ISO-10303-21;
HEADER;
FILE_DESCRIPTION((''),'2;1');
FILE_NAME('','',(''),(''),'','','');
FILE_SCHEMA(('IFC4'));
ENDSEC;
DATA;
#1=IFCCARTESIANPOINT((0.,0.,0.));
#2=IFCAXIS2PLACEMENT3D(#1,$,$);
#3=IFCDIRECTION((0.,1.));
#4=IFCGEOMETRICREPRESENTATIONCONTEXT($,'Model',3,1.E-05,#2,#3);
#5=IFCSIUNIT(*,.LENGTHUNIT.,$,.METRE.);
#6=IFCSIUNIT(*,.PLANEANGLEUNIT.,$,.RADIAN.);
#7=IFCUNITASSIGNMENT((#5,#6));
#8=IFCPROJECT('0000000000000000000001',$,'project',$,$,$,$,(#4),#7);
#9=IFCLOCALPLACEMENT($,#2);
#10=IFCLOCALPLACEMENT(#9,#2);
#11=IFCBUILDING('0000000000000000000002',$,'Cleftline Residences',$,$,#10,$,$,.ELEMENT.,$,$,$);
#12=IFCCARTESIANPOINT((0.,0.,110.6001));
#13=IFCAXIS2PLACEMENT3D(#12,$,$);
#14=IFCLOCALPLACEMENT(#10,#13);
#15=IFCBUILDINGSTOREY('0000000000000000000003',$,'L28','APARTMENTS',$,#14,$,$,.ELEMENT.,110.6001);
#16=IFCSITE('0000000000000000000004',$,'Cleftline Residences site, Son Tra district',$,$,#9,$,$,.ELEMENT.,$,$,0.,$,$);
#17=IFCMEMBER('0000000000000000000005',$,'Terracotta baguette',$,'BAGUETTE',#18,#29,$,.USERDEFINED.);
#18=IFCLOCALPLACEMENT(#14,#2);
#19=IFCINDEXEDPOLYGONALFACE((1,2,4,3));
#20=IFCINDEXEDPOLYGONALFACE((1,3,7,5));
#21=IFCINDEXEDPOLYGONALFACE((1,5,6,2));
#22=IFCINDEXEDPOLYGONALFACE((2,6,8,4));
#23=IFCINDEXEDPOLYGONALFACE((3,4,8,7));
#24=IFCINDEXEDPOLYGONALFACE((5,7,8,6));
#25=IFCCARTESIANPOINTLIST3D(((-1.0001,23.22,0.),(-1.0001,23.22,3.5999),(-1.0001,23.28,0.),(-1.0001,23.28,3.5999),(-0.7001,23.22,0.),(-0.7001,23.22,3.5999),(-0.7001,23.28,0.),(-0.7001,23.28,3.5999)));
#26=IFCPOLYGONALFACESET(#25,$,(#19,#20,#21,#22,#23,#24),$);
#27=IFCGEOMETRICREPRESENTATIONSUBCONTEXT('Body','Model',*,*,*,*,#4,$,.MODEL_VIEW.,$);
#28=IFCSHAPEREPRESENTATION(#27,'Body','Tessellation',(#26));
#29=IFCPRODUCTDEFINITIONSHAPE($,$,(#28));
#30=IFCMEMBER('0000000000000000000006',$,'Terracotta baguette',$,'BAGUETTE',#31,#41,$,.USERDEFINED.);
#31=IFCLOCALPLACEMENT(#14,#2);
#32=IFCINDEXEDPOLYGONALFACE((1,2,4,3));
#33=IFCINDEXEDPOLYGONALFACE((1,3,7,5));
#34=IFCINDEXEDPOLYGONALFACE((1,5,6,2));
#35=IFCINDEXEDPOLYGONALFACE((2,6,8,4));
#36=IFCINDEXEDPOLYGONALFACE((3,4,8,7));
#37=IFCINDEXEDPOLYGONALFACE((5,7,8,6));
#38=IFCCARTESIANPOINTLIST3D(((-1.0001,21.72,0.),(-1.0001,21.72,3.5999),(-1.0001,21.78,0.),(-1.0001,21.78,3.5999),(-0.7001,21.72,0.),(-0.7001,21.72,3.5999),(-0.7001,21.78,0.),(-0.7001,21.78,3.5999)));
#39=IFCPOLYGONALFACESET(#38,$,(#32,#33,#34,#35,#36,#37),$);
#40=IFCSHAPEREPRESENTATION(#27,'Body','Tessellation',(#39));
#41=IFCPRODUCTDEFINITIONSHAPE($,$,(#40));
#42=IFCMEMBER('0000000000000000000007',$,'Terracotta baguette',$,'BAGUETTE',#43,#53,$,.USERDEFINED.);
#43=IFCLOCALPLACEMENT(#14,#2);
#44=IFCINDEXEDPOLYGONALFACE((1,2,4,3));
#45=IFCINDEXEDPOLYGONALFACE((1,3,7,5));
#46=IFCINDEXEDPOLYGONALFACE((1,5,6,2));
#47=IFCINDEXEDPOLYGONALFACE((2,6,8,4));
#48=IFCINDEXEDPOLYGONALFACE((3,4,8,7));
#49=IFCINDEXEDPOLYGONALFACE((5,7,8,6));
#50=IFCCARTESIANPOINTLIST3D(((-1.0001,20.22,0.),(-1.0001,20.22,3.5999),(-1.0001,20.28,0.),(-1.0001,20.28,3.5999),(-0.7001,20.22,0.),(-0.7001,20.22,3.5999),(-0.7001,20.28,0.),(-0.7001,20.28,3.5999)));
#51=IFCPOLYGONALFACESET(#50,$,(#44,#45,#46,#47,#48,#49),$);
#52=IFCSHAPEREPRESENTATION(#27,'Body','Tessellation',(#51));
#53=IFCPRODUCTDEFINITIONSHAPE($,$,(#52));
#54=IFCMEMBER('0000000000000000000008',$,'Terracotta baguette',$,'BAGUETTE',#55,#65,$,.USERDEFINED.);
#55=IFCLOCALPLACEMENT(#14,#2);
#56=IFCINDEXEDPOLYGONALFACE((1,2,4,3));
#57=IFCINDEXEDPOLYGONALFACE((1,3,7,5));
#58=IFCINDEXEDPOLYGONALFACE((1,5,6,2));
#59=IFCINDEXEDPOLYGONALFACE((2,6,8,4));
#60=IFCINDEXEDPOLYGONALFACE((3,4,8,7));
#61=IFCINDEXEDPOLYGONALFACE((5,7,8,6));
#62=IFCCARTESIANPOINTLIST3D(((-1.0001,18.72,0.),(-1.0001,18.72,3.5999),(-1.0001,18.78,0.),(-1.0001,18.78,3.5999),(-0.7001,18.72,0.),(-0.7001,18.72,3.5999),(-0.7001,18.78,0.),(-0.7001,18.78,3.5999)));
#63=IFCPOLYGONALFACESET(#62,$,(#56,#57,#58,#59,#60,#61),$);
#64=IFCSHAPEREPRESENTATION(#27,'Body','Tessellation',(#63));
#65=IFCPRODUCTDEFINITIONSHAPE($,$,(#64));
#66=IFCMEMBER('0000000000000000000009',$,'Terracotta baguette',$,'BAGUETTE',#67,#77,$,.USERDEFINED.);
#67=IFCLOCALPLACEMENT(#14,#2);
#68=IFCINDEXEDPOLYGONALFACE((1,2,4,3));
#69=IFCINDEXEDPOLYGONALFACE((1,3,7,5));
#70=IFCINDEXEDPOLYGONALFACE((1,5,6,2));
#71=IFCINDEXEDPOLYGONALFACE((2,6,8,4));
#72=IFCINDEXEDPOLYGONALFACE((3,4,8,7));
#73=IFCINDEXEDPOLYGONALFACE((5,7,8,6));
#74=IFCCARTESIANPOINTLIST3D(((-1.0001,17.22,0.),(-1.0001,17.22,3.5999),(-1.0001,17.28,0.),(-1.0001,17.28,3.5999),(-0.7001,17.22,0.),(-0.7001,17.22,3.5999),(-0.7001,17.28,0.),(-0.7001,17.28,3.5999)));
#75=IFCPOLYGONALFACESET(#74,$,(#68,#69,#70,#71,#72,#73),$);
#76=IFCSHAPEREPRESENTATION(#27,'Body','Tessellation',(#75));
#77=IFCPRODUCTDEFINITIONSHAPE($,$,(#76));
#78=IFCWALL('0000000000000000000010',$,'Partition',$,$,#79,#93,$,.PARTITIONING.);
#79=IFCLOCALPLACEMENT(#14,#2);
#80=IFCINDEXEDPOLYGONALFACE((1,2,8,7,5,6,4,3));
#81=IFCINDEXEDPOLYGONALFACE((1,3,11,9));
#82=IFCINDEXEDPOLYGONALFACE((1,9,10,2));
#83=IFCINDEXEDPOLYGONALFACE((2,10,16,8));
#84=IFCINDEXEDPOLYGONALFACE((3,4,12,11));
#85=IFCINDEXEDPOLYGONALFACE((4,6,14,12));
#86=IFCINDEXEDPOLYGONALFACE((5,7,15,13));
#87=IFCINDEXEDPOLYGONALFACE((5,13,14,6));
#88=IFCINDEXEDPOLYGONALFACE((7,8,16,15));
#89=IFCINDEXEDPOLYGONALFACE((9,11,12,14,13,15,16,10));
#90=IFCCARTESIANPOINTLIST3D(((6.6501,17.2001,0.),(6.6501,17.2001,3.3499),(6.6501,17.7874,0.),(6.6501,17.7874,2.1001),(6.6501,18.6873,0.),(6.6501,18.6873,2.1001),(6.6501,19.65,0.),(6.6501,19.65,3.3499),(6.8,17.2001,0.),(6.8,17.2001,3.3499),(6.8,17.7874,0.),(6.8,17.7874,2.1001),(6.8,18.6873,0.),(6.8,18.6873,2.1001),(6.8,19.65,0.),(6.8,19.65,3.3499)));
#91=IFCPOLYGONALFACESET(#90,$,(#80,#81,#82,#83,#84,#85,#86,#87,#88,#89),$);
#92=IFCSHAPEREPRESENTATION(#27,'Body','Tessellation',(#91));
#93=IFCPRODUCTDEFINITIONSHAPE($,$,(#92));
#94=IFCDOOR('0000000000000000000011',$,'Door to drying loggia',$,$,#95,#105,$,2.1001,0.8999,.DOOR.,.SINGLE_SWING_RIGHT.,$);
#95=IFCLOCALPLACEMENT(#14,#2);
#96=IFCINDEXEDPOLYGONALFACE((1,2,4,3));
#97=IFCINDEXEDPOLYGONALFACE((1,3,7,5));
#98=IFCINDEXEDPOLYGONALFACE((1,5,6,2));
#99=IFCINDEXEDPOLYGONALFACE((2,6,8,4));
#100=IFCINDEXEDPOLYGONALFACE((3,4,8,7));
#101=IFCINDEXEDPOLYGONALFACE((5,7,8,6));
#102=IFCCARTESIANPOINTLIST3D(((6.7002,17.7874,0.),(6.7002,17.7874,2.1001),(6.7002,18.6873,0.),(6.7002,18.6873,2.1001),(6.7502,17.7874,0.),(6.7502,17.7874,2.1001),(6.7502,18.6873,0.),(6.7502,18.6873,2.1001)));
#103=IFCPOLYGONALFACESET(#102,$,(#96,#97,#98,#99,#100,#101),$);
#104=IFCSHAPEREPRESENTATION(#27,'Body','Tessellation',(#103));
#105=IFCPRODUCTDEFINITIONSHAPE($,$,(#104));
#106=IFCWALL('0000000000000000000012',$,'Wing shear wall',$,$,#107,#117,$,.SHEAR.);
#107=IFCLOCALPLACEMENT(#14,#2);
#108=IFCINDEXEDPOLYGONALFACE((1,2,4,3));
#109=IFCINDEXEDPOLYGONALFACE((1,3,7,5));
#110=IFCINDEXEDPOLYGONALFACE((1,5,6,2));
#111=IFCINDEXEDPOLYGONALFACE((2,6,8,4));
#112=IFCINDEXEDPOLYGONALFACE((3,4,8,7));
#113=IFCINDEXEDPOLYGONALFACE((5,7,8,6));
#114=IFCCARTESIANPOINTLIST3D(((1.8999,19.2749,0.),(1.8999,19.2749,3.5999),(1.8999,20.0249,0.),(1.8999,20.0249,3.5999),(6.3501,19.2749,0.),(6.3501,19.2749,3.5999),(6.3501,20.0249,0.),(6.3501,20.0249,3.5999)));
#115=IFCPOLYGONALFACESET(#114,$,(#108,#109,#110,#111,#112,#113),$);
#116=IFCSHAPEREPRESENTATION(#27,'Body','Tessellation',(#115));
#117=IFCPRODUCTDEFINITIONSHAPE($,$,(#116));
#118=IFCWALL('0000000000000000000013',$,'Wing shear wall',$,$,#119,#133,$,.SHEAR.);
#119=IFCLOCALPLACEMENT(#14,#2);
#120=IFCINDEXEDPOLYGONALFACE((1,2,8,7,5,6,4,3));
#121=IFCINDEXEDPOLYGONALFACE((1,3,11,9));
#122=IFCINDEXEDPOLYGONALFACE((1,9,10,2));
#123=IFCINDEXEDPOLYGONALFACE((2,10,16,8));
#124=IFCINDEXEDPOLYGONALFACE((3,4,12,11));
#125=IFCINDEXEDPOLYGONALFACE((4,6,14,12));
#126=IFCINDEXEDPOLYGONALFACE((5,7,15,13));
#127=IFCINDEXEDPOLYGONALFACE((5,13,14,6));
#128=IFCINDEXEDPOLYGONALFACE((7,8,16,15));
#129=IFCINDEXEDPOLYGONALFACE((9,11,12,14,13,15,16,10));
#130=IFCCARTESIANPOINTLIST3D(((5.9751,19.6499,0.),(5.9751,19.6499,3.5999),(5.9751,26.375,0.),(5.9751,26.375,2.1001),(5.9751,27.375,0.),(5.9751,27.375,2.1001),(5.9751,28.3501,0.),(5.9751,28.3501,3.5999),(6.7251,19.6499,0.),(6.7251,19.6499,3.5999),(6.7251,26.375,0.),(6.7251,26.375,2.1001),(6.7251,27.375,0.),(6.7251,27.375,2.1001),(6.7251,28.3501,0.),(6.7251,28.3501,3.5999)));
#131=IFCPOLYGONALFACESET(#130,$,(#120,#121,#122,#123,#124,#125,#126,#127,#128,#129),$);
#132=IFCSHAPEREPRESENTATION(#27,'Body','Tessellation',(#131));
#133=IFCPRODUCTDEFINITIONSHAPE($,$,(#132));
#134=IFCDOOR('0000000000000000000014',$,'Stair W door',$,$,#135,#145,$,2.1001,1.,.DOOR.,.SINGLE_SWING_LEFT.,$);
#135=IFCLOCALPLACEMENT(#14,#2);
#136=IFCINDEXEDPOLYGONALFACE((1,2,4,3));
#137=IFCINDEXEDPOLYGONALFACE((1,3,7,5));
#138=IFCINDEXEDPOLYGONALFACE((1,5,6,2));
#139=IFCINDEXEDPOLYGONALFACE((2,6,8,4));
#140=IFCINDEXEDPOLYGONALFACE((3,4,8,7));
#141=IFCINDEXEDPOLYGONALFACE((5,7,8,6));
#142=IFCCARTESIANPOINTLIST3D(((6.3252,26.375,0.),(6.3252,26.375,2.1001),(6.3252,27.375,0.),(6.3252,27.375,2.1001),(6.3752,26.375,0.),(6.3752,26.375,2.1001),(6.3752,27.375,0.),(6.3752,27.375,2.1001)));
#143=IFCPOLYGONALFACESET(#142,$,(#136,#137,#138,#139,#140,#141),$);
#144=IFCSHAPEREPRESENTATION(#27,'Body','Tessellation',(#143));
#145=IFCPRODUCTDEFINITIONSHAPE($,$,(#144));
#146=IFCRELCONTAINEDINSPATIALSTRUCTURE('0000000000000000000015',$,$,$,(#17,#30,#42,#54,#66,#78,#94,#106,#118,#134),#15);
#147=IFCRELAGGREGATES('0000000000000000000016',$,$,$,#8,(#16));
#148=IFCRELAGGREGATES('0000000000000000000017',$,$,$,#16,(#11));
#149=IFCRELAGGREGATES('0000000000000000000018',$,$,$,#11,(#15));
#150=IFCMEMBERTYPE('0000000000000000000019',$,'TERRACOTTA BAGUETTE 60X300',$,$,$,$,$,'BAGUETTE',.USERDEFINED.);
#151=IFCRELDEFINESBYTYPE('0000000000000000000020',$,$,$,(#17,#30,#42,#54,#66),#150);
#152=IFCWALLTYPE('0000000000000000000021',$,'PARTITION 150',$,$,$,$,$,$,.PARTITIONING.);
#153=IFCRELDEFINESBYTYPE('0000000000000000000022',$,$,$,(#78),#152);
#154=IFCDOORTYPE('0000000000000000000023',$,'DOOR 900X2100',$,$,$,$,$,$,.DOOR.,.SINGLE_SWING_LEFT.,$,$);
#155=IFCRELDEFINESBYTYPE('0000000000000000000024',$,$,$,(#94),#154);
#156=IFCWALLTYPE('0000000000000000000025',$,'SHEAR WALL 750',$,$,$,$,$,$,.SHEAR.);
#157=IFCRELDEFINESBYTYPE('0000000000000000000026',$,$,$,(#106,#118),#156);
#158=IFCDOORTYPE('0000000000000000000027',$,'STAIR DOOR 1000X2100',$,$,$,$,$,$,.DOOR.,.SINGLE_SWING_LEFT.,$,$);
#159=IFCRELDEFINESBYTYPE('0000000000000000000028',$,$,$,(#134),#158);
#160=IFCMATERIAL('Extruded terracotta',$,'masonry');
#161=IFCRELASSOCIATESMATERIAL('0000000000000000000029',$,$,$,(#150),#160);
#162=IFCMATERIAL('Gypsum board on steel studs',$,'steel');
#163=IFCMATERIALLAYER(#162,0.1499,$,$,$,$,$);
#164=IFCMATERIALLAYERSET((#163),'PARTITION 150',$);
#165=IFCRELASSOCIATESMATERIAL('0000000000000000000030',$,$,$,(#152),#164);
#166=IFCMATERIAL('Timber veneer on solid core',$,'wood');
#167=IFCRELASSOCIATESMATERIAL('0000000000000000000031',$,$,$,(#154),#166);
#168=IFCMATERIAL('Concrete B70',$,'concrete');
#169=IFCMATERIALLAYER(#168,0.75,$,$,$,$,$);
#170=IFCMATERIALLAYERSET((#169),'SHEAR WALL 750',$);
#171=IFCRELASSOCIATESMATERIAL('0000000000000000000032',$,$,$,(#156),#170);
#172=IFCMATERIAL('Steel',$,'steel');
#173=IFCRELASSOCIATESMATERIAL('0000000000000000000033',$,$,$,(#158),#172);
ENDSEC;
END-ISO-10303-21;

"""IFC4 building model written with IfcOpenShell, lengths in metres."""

from ifc_helpers import new_model, si_unit, direction, frame, frame_2d, origin, origin_2d, place, context, subcontext, project, spatial, rectangle, extrude, material, layer, layer_set, material_profile, profile_set, type_object, element, fill, save


model = new_model("IFC4")

# Units and contexts
model_context = context("Model", 3, precision=1e-05, world=origin(), true_north=direction((0.0, 1.0)))
body_context = subcontext(model_context, "Body", "Model", "MODEL_VIEW")
ifc_project = project(units=[si_unit("LENGTHUNIT", "METRE"), si_unit("PLANEANGLEUNIT", "RADIAN")], contexts=[model_context])

# Site, building, storey
site_placement = place(None, origin())
site = spatial("IfcSite", under=ifc_project, at=site_placement, Name="Cleftline Residences site, Son Tra district", CompositionType="ELEMENT", RefElevation=0.0)
building_placement = place(site_placement, origin())
building = spatial("IfcBuilding", under=site, at=building_placement, Name="Cleftline Residences", CompositionType="ELEMENT")
storey_placement = place(building_placement, frame((0.0, 0.0, 110.6001)))
storey = spatial("IfcBuildingStorey", under=building, at=storey_placement, Name="L28", Description="APARTMENTS", CompositionType="ELEMENT", Elevation=110.6001)

# Members
ifc_material_1 = material(Name="Extruded terracotta", Category="masonry")
ifc_material_profile_1 = material_profile(ifc_material_1, rectangle(XDim=0.0601, YDim=0.3, at=origin_2d()))
ifc_profile_set_1 = profile_set([ifc_material_profile_1], Name="Extruded terracotta")
member_type_1 = type_object("IfcMemberType", Name="TERRACOTTA BAGUETTE 60X300", ElementType="BAGUETTE", PredefinedType="USERDEFINED", material=ifc_profile_set_1)
for number, where, z_axis, x_axis, name in (
    (1, (-0.8501, 23.25, 0.0), (0.0, 0.0, 1.0), (0.0, 1.0, 0.0), "Terracotta baguette"),
    (2, (-0.8501, 21.75, 0.0), (0.0, 0.0, 1.0), (0.0, 1.0, 0.0), "Terracotta baguette"),
    (3, (-0.8501, 20.25, 0.0), (0.0, 0.0, 1.0), (0.0, 1.0, 0.0), "Terracotta baguette"),
    (4, (-0.8501, 18.75, 0.0), (0.0, 0.0, 1.0), (0.0, 1.0, 0.0), "Terracotta baguette"),
    (5, (-0.8501, 17.25, 0.0), (0.0, 0.0, 1.0), (0.0, 1.0, 0.0), "Terracotta baguette"),
):
    element("IfcMember", number, at=place(storey_placement, frame(where, z_axis=z_axis, x_axis=x_axis)), inside=storey, type_object=member_type_1, Name=name, ObjectType="BAGUETTE", PredefinedType="USERDEFINED", context=body_context, shape_type="SweptSolid", body=[
        extrude(rectangle(XDim=0.0601, YDim=0.3, at=origin_2d()), origin(), (0.0, 0.0, 1.0), 3.5999),
    ])

# Wall, opening, door
ifc_material_2 = material(Name="Gypsum board on steel studs", Category="steel")
ifc_layer_1 = layer(ifc_material_2, 0.1499)
ifc_layer_set_1 = layer_set([ifc_layer_1], Name="PARTITION 150")
wall_type_1 = type_object("IfcWallType", Name="PARTITION 150", PredefinedType="PARTITIONING", material=ifc_layer_set_1)
wall_1_placement = place(storey_placement, frame((6.7251, 17.2, 0.0), z_axis=(0.0, 0.0, 1.0), x_axis=(0.0, 1.0, 0.0)))
wall_1 = element("IfcWall", 6, at=wall_1_placement, inside=storey, type_object=wall_type_1, Name="Partition", PredefinedType="PARTITIONING", context=body_context, shape_type="SweptSolid", body=[
    extrude(rectangle(XDim=2.45, YDim=0.1499, at=frame_2d((1.2251, 0.0))), origin(), (0.0, 0.0, 1.0), 3.3499),
])
opening_1_placement = place(wall_1_placement, frame((0.5874, 0.0, 0.0)))
opening_1 = element("IfcOpeningElement", 7, at=opening_1_placement, cuts=wall_1, PredefinedType="OPENING", context=body_context, shape_type="SweptSolid", body=[
    extrude(rectangle(XDim=0.8999, YDim=2.1001, at=frame_2d((0.45, 1.05))), frame((0.0, 0.085, 0.0), z_axis=(0.0, -1.0, 0.0), x_axis=(1.0, 0.0, 0.0)), (0.0, 0.0, 1.0), 0.1699),
])
ifc_material_3 = material(Name="Timber veneer on solid core", Category="wood")
door_type_1 = type_object("IfcDoorType", Name="DOOR 900X2100", OperationType="SINGLE_SWING_LEFT", PredefinedType="DOOR", material=ifc_material_3)
door_1_placement = place(opening_1_placement, origin())
door_1 = element("IfcDoor", 8, at=door_1_placement, inside=storey, type_object=door_type_1, Name="Door to drying loggia", OperationType="SINGLE_SWING_RIGHT", OverallHeight=2.1001, OverallWidth=0.8999, PredefinedType="DOOR", context=body_context, shape_type="SweptSolid", body=[
    extrude(rectangle(XDim=0.8999, YDim=2.1001, at=frame_2d((0.45, 1.05))), frame((0.0, 0.0249, 0.0), z_axis=(0.0, -1.0, 0.0), x_axis=(1.0, 0.0, 0.0)), (0.0, 0.0, 1.0), 0.05),
])
fill(opening_1, door_1)

# Wall
ifc_material_4 = material(Name="Concrete B70", Category="concrete")
ifc_layer_2 = layer(ifc_material_4, 0.75)
ifc_layer_set_2 = layer_set([ifc_layer_2], Name="SHEAR WALL 750")
wall_type_2 = type_object("IfcWallType", Name="SHEAR WALL 750", PredefinedType="SHEAR", material=ifc_layer_set_2)
wall_2_placement = place(storey_placement, frame((1.8999, 19.6499, 0.0), z_axis=(0.0, 0.0, 1.0), x_axis=(1.0, 0.0, 0.0)))
element("IfcWall", 9, at=wall_2_placement, inside=storey, type_object=wall_type_2, Name="Wing shear wall", PredefinedType="SHEAR", context=body_context, shape_type="SweptSolid", body=[
    extrude(rectangle(XDim=4.4502, YDim=0.75, at=frame_2d((2.2251, 0.0))), origin(), (0.0, 0.0, 1.0), 3.5999),
])

# Wall, opening, door
wall_3_placement = place(storey_placement, frame((6.3501, 19.6499, 0.0), z_axis=(0.0, 0.0, 1.0), x_axis=(0.0, 1.0, 0.0)))
wall_3 = element("IfcWall", 10, at=wall_3_placement, inside=storey, type_object=wall_type_2, Name="Wing shear wall", PredefinedType="SHEAR", context=body_context, shape_type="SweptSolid", body=[
    extrude(rectangle(XDim=8.7002, YDim=0.75, at=frame_2d((4.3501, 0.0))), origin(), (0.0, 0.0, 1.0), 3.5999),
])
opening_2_placement = place(wall_3_placement, frame((6.7251, 0.0, 0.0)))
opening_2 = element("IfcOpeningElement", 11, at=opening_2_placement, cuts=wall_3, PredefinedType="OPENING", context=body_context, shape_type="SweptSolid", body=[
    extrude(rectangle(XDim=1.0, YDim=2.1001, at=frame_2d((0.5, 1.05))), frame((0.0, 0.385, 0.0), z_axis=(0.0, -1.0, 0.0), x_axis=(1.0, 0.0, 0.0)), (0.0, 0.0, 1.0), 0.77),
])
ifc_material_5 = material(Name="Steel", Category="steel")
door_type_2 = type_object("IfcDoorType", Name="STAIR DOOR 1000X2100", OperationType="SINGLE_SWING_LEFT", PredefinedType="DOOR", material=ifc_material_5)
door_2_placement = place(opening_2_placement, origin())
door_2 = element("IfcDoor", 12, at=door_2_placement, inside=storey, type_object=door_type_2, Name="Stair W door", OperationType="SINGLE_SWING_LEFT", OverallHeight=2.1001, OverallWidth=1.0, PredefinedType="DOOR", context=body_context, shape_type="SweptSolid", body=[
    extrude(rectangle(XDim=1.0, YDim=2.1001, at=frame_2d((0.5, 1.05))), frame((0.0, 0.0249, 0.0), z_axis=(0.0, -1.0, 0.0), x_axis=(1.0, 0.0, 0.0)), (0.0, 0.0, 1.0), 0.05),
])
fill(opening_2, door_2)

save(model, "model.ifc")
